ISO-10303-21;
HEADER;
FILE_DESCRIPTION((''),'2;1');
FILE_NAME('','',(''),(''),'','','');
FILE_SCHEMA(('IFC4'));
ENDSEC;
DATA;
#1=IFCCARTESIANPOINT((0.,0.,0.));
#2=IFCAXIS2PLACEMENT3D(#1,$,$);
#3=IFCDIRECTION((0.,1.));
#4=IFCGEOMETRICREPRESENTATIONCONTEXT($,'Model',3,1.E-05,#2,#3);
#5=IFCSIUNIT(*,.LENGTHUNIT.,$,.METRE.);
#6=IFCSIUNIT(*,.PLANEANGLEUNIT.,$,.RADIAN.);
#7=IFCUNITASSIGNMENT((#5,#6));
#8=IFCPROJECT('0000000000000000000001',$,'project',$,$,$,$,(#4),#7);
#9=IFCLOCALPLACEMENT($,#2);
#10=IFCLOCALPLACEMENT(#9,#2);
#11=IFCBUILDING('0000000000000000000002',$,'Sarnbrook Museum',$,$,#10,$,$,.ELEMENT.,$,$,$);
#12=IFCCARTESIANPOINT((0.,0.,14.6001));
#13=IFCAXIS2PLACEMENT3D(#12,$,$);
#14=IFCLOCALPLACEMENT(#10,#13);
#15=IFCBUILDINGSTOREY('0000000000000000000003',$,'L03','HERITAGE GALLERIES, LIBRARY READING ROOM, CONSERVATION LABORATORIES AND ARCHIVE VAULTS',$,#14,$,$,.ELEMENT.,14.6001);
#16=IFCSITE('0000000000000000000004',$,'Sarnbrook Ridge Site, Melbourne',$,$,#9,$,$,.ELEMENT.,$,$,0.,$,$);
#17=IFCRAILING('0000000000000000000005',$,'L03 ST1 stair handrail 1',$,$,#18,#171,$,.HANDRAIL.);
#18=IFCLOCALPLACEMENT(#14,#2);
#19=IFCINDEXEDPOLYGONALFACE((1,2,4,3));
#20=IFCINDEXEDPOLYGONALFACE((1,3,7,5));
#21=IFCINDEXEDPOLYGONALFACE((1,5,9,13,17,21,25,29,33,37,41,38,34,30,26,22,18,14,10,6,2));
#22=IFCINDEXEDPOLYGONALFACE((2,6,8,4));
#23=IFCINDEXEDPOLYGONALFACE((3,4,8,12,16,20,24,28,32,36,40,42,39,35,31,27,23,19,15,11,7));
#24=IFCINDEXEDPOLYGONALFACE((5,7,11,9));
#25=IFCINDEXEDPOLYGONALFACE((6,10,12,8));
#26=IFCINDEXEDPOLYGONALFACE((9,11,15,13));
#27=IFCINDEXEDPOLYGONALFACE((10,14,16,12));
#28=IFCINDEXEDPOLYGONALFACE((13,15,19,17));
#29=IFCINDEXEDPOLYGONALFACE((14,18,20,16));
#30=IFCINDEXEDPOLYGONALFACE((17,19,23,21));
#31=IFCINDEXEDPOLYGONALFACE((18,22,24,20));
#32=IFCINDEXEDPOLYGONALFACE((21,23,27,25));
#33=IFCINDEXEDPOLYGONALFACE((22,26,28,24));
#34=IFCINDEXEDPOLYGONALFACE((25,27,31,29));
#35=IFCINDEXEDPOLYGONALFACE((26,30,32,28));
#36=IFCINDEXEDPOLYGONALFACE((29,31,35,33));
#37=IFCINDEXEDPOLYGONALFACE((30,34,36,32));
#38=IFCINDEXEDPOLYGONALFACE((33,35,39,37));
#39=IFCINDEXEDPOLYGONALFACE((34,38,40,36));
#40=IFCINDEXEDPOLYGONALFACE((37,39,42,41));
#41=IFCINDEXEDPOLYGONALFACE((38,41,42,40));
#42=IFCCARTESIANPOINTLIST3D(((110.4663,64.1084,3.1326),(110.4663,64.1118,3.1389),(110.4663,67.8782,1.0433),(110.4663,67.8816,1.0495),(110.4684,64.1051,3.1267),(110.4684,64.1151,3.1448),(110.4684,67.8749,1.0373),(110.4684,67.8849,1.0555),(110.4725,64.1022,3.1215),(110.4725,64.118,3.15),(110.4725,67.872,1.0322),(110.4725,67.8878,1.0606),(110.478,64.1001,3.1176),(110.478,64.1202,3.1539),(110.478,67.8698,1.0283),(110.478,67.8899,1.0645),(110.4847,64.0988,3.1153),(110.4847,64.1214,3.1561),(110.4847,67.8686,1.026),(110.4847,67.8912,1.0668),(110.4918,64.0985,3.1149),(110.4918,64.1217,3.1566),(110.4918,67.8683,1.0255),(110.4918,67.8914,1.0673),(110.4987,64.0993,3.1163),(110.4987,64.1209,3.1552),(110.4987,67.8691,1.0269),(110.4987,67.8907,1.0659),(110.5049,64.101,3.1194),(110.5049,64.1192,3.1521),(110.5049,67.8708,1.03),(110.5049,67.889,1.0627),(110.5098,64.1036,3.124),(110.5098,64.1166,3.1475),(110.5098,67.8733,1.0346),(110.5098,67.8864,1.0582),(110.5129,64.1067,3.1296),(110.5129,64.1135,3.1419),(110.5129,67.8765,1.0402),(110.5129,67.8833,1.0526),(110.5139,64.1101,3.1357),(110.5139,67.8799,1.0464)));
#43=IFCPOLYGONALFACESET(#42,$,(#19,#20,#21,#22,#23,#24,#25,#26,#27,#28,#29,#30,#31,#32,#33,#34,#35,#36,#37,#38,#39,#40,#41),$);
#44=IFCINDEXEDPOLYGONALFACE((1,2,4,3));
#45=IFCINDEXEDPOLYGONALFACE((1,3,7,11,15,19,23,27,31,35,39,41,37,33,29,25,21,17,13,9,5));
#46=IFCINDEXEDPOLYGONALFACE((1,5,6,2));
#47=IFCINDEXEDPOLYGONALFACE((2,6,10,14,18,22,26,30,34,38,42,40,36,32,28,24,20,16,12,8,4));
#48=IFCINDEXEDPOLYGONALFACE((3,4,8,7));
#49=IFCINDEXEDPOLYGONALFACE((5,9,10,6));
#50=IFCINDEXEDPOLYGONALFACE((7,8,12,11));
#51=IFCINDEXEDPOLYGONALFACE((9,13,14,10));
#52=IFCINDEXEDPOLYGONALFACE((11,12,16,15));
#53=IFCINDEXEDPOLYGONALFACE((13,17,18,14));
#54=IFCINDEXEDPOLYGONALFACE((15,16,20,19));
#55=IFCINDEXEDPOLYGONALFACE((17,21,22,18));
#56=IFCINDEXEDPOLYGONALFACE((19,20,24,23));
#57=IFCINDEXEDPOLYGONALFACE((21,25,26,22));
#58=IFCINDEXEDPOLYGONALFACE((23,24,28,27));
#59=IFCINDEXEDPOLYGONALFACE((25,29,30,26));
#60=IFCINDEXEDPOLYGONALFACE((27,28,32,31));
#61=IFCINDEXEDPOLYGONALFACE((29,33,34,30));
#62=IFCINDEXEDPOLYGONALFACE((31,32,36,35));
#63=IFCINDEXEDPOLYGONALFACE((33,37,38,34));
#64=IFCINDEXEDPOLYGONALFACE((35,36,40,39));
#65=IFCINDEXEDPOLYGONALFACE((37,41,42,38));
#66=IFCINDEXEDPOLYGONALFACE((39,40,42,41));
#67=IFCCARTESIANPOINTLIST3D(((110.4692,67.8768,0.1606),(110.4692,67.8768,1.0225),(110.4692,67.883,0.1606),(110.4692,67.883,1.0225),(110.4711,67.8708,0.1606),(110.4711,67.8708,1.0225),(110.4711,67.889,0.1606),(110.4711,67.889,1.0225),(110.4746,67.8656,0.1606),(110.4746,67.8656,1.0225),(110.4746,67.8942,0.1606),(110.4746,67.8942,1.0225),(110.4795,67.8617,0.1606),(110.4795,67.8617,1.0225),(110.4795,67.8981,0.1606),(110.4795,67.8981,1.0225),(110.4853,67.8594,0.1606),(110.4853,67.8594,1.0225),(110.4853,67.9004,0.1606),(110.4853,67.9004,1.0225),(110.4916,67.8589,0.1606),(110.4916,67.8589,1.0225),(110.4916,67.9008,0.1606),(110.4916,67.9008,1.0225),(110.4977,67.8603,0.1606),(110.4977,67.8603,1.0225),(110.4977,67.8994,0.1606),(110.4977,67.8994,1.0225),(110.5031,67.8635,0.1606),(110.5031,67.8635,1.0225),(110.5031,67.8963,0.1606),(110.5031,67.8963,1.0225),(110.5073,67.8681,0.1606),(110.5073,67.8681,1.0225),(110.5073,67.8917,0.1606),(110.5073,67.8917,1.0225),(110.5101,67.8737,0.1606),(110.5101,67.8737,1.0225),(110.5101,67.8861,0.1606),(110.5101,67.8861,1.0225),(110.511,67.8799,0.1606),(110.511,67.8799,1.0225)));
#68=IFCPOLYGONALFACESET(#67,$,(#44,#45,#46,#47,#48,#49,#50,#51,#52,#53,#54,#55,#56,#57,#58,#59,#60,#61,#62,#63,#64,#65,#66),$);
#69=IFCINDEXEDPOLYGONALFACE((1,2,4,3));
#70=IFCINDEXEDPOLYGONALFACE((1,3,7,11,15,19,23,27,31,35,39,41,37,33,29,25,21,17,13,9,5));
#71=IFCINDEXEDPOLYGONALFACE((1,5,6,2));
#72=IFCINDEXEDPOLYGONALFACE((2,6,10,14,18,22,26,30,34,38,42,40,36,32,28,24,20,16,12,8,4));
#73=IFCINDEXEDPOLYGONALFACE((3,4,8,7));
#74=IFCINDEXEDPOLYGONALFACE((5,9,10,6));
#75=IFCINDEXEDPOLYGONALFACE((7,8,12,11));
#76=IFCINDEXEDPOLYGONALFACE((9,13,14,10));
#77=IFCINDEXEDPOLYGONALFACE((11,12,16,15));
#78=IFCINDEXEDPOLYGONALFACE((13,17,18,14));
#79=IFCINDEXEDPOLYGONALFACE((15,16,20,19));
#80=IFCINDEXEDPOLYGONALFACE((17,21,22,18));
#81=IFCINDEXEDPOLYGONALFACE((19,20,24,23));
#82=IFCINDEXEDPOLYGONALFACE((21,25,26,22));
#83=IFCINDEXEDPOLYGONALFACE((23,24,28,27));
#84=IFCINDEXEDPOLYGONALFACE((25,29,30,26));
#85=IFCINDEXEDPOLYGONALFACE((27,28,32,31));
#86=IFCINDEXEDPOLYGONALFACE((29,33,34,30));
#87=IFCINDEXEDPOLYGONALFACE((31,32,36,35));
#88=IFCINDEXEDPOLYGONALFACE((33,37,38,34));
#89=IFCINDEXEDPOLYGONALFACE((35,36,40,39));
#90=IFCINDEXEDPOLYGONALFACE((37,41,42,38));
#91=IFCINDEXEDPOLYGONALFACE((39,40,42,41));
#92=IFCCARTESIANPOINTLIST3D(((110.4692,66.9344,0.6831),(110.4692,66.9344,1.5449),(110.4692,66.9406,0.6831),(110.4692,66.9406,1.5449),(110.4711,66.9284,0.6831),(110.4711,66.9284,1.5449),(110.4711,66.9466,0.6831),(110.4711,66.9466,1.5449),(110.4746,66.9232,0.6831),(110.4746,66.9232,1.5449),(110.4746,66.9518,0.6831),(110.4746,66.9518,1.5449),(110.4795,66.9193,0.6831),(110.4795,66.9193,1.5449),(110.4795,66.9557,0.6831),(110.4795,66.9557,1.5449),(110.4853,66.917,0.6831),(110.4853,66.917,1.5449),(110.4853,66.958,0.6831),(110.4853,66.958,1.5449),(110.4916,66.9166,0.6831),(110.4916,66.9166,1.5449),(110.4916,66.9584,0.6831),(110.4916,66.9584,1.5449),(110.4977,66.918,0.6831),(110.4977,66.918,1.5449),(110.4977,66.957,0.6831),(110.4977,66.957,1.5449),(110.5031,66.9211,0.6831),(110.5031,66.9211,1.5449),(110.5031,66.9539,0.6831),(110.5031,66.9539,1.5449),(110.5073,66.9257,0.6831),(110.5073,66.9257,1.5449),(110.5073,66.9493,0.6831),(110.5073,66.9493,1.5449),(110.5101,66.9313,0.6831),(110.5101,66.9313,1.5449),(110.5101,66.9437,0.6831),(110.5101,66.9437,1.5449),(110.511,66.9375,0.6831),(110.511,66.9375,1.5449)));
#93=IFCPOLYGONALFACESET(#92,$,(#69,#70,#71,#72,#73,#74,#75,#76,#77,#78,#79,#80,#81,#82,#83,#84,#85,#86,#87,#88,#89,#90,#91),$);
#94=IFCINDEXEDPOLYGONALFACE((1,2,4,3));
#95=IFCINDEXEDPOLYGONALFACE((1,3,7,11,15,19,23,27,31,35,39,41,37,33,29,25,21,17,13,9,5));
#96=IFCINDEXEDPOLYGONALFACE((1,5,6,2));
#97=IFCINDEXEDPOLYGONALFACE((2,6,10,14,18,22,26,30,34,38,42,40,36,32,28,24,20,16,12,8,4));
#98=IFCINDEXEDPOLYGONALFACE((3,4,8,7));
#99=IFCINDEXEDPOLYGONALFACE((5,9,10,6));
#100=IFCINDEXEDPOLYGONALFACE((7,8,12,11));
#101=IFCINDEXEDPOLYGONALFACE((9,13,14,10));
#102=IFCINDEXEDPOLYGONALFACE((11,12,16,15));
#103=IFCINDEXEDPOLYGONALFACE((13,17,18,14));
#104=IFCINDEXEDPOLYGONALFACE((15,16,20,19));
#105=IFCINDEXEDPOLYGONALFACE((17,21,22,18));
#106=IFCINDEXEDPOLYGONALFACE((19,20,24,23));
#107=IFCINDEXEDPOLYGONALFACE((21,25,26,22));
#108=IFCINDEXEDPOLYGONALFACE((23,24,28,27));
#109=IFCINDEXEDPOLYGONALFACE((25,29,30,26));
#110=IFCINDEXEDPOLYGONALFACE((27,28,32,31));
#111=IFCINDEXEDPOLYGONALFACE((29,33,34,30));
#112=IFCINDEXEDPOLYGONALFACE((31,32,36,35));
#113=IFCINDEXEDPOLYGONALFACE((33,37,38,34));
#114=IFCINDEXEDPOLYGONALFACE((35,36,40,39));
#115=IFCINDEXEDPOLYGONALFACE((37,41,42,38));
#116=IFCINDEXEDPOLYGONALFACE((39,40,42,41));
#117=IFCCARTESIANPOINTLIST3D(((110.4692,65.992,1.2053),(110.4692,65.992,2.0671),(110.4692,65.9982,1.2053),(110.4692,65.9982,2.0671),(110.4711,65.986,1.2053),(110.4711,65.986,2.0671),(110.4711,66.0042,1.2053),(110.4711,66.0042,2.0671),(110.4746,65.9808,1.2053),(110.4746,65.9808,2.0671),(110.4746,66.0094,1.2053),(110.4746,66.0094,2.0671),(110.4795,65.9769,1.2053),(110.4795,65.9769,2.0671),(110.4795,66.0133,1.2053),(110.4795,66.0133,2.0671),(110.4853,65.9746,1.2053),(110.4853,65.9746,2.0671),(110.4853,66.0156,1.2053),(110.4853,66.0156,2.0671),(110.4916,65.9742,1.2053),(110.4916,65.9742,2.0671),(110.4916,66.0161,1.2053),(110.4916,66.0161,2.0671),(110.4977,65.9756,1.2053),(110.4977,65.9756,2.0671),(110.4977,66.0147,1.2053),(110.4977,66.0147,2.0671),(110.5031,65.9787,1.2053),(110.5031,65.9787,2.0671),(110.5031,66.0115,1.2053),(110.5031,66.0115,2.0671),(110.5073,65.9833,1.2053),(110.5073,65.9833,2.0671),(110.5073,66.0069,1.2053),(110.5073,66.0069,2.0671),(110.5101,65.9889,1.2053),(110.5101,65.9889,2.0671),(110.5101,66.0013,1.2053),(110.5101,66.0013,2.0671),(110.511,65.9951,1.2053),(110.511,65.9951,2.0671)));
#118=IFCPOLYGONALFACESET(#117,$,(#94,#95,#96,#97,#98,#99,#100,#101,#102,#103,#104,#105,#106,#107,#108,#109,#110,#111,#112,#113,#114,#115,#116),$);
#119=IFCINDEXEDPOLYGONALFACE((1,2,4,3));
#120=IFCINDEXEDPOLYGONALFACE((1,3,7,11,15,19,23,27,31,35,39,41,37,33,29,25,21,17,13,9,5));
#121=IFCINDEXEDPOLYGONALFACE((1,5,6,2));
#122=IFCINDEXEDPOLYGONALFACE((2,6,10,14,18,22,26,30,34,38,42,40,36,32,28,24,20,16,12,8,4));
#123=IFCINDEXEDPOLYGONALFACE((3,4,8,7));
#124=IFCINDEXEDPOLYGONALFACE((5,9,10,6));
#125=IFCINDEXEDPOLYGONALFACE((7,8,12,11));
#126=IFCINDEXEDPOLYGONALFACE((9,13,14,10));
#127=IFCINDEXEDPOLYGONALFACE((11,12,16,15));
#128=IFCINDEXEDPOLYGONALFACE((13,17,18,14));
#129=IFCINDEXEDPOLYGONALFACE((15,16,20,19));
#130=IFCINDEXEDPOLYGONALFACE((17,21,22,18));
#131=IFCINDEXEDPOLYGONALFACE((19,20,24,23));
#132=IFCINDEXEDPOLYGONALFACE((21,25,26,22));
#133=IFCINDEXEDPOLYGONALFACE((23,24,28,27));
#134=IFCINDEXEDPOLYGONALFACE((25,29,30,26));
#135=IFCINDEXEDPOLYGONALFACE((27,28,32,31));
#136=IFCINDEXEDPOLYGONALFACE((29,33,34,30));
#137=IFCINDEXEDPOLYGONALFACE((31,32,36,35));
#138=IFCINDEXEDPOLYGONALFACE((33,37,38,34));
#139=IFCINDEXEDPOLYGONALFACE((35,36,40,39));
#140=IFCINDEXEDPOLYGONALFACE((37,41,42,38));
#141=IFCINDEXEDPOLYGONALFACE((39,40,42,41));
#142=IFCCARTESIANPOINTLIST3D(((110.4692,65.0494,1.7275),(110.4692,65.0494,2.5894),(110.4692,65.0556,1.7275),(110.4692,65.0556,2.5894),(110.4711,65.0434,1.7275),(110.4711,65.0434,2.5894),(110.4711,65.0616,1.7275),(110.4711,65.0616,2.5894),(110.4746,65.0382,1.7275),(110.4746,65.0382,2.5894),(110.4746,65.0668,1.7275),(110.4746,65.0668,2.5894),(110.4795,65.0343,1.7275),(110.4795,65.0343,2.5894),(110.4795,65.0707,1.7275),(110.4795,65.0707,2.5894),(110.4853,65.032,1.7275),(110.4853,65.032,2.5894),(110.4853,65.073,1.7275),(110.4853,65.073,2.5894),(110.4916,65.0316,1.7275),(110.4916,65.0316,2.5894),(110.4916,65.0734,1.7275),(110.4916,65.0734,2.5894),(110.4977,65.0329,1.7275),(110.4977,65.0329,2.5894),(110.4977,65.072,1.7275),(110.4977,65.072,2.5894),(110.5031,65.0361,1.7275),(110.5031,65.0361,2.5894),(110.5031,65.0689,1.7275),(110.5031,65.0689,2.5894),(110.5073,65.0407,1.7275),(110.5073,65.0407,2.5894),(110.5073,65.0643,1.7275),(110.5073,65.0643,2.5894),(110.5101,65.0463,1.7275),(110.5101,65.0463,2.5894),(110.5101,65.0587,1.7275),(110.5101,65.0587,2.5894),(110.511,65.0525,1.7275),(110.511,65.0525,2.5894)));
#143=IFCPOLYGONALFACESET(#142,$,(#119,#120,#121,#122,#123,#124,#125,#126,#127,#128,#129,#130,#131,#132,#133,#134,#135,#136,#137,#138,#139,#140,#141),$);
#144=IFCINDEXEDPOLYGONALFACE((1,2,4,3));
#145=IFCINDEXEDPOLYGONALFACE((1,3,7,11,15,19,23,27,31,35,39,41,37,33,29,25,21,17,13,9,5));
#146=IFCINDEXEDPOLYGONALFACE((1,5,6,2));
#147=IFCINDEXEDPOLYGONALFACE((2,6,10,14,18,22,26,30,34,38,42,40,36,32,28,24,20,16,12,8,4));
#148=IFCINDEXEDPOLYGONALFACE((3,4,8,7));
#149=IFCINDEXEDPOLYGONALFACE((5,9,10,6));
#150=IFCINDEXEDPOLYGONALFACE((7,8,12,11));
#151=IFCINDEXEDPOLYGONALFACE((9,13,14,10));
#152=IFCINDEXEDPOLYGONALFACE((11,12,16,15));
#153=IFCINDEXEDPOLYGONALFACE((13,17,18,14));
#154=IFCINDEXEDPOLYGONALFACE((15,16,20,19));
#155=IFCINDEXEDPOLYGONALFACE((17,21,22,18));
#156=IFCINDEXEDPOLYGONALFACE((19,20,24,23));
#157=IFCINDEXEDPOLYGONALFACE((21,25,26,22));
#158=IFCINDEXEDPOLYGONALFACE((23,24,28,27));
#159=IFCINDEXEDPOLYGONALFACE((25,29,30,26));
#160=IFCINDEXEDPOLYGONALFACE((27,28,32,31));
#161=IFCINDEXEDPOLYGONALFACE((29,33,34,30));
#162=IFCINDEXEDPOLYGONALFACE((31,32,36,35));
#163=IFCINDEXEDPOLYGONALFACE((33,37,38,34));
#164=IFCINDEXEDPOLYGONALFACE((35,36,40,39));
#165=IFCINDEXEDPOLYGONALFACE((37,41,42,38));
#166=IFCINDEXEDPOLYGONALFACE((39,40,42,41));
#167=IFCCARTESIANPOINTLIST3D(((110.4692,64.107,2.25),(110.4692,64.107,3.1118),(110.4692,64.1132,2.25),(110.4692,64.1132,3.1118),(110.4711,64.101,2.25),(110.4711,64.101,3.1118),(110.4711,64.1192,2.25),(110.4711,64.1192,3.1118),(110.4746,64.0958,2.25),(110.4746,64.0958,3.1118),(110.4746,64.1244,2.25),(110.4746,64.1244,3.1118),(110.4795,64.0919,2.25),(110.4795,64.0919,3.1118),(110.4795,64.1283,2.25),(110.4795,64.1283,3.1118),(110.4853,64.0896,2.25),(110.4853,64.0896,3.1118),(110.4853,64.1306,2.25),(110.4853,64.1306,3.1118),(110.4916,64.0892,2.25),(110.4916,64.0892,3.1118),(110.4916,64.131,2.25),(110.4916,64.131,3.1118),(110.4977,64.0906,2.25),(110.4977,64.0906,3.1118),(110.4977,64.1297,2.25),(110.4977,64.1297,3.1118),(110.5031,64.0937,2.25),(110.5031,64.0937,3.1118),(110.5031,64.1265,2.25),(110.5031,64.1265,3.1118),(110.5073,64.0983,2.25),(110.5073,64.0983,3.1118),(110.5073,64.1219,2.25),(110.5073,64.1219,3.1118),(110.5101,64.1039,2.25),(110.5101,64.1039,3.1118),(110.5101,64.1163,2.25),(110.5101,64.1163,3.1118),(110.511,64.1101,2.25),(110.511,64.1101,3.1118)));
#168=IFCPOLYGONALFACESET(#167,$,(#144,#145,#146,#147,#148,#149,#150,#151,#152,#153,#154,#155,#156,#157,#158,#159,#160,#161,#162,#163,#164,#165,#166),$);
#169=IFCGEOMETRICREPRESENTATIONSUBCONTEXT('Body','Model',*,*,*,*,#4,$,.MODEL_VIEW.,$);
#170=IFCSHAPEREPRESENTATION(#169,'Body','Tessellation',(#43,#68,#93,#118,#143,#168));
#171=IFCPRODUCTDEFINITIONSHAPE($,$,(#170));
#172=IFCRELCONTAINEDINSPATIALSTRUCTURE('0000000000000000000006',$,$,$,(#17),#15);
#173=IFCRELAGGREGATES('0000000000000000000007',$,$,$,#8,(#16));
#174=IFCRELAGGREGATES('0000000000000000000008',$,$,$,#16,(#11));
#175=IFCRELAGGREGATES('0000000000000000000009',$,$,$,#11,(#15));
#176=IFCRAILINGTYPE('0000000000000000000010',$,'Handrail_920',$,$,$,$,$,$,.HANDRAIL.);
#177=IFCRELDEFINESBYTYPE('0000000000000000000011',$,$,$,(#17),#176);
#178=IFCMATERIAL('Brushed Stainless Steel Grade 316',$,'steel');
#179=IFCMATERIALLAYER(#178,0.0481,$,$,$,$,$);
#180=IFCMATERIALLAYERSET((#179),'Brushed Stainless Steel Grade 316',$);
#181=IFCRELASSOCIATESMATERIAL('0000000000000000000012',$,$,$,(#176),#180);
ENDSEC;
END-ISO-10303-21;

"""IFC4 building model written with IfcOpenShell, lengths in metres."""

from ifc_helpers import new_model, si_unit, direction, frame, origin, origin_2d, place, context, subcontext, project, spatial, circle, extrude, material, layer, layer_set, type_object, element, save


model = new_model("IFC4")

# Units and contexts
model_context = context("Model", 3, precision=1e-05, world=origin(), true_north=direction((0.0, 1.0)))
body_context = subcontext(model_context, "Body", "Model", "MODEL_VIEW")
ifc_project = project(units=[si_unit("LENGTHUNIT", "METRE"), si_unit("PLANEANGLEUNIT", "RADIAN")], contexts=[model_context])

# Site, building, storey
site_placement = place(None, origin())
site = spatial("IfcSite", under=ifc_project, at=site_placement, Name="Sarnbrook Ridge Site, Melbourne", CompositionType="ELEMENT", RefElevation=0.0)
building_placement = place(site_placement, origin())
building = spatial("IfcBuilding", under=site, at=building_placement, Name="Sarnbrook Museum", CompositionType="ELEMENT")
storey_placement = place(building_placement, frame((0.0, 0.0, 14.6001)))
storey = spatial("IfcBuildingStorey", under=building, at=storey_placement, Name="L03", Description="HERITAGE GALLERIES, LIBRARY READING ROOM, CONSERVATION LABORATORIES AND ARCHIVE VAULTS", CompositionType="ELEMENT", Elevation=14.6001)

# Railing
ifc_material_1 = material(Name="Brushed Stainless Steel Grade 316", Category="steel")
ifc_layer_1 = layer(ifc_material_1, 0.0481)
ifc_layer_set_1 = layer_set([ifc_layer_1], Name="Brushed Stainless Steel Grade 316")
railing_type_1 = type_object("IfcRailingType", Name="Handrail_920", PredefinedType="HANDRAIL", material=ifc_layer_set_1)
railing_1_placement = place(storey_placement, frame((110.49, 67.8799, 0.1606)))
element("IfcRailing", 1, at=railing_1_placement, inside=storey, type_object=railing_type_1, Name="L03 ST1 stair handrail 1", PredefinedType="HANDRAIL", context=body_context, shape_type="SweptSolid", body=[
    extrude(circle(Radius=0.0239, at=origin_2d()), frame((0.0, 0.0, 0.8857), z_axis=(0.0, -0.874646, 0.484763), x_axis=(1.0, 0.0, 0.0)), (0.0, 0.0, 1.0), 4.3101),
    extrude(circle(Radius=0.021, at=origin_2d()), origin(), (0.0, 0.0, 1.0), 0.8618),
    extrude(circle(Radius=0.021, at=origin_2d()), frame((0.0, -0.9424, 0.5225)), (0.0, 0.0, 1.0), 0.8618),
    extrude(circle(Radius=0.021, at=origin_2d()), frame((0.0, -1.8848, 1.0447)), (0.0, 0.0, 1.0), 0.8618),
    extrude(circle(Radius=0.021, at=origin_2d()), frame((0.0, -2.8274, 1.5669)), (0.0, 0.0, 1.0), 0.8618),
    extrude(circle(Radius=0.021, at=origin_2d()), frame((0.0, -3.7698, 2.0894)), (0.0, 0.0, 1.0), 0.8618),
])

save(model, "model.ifc")
